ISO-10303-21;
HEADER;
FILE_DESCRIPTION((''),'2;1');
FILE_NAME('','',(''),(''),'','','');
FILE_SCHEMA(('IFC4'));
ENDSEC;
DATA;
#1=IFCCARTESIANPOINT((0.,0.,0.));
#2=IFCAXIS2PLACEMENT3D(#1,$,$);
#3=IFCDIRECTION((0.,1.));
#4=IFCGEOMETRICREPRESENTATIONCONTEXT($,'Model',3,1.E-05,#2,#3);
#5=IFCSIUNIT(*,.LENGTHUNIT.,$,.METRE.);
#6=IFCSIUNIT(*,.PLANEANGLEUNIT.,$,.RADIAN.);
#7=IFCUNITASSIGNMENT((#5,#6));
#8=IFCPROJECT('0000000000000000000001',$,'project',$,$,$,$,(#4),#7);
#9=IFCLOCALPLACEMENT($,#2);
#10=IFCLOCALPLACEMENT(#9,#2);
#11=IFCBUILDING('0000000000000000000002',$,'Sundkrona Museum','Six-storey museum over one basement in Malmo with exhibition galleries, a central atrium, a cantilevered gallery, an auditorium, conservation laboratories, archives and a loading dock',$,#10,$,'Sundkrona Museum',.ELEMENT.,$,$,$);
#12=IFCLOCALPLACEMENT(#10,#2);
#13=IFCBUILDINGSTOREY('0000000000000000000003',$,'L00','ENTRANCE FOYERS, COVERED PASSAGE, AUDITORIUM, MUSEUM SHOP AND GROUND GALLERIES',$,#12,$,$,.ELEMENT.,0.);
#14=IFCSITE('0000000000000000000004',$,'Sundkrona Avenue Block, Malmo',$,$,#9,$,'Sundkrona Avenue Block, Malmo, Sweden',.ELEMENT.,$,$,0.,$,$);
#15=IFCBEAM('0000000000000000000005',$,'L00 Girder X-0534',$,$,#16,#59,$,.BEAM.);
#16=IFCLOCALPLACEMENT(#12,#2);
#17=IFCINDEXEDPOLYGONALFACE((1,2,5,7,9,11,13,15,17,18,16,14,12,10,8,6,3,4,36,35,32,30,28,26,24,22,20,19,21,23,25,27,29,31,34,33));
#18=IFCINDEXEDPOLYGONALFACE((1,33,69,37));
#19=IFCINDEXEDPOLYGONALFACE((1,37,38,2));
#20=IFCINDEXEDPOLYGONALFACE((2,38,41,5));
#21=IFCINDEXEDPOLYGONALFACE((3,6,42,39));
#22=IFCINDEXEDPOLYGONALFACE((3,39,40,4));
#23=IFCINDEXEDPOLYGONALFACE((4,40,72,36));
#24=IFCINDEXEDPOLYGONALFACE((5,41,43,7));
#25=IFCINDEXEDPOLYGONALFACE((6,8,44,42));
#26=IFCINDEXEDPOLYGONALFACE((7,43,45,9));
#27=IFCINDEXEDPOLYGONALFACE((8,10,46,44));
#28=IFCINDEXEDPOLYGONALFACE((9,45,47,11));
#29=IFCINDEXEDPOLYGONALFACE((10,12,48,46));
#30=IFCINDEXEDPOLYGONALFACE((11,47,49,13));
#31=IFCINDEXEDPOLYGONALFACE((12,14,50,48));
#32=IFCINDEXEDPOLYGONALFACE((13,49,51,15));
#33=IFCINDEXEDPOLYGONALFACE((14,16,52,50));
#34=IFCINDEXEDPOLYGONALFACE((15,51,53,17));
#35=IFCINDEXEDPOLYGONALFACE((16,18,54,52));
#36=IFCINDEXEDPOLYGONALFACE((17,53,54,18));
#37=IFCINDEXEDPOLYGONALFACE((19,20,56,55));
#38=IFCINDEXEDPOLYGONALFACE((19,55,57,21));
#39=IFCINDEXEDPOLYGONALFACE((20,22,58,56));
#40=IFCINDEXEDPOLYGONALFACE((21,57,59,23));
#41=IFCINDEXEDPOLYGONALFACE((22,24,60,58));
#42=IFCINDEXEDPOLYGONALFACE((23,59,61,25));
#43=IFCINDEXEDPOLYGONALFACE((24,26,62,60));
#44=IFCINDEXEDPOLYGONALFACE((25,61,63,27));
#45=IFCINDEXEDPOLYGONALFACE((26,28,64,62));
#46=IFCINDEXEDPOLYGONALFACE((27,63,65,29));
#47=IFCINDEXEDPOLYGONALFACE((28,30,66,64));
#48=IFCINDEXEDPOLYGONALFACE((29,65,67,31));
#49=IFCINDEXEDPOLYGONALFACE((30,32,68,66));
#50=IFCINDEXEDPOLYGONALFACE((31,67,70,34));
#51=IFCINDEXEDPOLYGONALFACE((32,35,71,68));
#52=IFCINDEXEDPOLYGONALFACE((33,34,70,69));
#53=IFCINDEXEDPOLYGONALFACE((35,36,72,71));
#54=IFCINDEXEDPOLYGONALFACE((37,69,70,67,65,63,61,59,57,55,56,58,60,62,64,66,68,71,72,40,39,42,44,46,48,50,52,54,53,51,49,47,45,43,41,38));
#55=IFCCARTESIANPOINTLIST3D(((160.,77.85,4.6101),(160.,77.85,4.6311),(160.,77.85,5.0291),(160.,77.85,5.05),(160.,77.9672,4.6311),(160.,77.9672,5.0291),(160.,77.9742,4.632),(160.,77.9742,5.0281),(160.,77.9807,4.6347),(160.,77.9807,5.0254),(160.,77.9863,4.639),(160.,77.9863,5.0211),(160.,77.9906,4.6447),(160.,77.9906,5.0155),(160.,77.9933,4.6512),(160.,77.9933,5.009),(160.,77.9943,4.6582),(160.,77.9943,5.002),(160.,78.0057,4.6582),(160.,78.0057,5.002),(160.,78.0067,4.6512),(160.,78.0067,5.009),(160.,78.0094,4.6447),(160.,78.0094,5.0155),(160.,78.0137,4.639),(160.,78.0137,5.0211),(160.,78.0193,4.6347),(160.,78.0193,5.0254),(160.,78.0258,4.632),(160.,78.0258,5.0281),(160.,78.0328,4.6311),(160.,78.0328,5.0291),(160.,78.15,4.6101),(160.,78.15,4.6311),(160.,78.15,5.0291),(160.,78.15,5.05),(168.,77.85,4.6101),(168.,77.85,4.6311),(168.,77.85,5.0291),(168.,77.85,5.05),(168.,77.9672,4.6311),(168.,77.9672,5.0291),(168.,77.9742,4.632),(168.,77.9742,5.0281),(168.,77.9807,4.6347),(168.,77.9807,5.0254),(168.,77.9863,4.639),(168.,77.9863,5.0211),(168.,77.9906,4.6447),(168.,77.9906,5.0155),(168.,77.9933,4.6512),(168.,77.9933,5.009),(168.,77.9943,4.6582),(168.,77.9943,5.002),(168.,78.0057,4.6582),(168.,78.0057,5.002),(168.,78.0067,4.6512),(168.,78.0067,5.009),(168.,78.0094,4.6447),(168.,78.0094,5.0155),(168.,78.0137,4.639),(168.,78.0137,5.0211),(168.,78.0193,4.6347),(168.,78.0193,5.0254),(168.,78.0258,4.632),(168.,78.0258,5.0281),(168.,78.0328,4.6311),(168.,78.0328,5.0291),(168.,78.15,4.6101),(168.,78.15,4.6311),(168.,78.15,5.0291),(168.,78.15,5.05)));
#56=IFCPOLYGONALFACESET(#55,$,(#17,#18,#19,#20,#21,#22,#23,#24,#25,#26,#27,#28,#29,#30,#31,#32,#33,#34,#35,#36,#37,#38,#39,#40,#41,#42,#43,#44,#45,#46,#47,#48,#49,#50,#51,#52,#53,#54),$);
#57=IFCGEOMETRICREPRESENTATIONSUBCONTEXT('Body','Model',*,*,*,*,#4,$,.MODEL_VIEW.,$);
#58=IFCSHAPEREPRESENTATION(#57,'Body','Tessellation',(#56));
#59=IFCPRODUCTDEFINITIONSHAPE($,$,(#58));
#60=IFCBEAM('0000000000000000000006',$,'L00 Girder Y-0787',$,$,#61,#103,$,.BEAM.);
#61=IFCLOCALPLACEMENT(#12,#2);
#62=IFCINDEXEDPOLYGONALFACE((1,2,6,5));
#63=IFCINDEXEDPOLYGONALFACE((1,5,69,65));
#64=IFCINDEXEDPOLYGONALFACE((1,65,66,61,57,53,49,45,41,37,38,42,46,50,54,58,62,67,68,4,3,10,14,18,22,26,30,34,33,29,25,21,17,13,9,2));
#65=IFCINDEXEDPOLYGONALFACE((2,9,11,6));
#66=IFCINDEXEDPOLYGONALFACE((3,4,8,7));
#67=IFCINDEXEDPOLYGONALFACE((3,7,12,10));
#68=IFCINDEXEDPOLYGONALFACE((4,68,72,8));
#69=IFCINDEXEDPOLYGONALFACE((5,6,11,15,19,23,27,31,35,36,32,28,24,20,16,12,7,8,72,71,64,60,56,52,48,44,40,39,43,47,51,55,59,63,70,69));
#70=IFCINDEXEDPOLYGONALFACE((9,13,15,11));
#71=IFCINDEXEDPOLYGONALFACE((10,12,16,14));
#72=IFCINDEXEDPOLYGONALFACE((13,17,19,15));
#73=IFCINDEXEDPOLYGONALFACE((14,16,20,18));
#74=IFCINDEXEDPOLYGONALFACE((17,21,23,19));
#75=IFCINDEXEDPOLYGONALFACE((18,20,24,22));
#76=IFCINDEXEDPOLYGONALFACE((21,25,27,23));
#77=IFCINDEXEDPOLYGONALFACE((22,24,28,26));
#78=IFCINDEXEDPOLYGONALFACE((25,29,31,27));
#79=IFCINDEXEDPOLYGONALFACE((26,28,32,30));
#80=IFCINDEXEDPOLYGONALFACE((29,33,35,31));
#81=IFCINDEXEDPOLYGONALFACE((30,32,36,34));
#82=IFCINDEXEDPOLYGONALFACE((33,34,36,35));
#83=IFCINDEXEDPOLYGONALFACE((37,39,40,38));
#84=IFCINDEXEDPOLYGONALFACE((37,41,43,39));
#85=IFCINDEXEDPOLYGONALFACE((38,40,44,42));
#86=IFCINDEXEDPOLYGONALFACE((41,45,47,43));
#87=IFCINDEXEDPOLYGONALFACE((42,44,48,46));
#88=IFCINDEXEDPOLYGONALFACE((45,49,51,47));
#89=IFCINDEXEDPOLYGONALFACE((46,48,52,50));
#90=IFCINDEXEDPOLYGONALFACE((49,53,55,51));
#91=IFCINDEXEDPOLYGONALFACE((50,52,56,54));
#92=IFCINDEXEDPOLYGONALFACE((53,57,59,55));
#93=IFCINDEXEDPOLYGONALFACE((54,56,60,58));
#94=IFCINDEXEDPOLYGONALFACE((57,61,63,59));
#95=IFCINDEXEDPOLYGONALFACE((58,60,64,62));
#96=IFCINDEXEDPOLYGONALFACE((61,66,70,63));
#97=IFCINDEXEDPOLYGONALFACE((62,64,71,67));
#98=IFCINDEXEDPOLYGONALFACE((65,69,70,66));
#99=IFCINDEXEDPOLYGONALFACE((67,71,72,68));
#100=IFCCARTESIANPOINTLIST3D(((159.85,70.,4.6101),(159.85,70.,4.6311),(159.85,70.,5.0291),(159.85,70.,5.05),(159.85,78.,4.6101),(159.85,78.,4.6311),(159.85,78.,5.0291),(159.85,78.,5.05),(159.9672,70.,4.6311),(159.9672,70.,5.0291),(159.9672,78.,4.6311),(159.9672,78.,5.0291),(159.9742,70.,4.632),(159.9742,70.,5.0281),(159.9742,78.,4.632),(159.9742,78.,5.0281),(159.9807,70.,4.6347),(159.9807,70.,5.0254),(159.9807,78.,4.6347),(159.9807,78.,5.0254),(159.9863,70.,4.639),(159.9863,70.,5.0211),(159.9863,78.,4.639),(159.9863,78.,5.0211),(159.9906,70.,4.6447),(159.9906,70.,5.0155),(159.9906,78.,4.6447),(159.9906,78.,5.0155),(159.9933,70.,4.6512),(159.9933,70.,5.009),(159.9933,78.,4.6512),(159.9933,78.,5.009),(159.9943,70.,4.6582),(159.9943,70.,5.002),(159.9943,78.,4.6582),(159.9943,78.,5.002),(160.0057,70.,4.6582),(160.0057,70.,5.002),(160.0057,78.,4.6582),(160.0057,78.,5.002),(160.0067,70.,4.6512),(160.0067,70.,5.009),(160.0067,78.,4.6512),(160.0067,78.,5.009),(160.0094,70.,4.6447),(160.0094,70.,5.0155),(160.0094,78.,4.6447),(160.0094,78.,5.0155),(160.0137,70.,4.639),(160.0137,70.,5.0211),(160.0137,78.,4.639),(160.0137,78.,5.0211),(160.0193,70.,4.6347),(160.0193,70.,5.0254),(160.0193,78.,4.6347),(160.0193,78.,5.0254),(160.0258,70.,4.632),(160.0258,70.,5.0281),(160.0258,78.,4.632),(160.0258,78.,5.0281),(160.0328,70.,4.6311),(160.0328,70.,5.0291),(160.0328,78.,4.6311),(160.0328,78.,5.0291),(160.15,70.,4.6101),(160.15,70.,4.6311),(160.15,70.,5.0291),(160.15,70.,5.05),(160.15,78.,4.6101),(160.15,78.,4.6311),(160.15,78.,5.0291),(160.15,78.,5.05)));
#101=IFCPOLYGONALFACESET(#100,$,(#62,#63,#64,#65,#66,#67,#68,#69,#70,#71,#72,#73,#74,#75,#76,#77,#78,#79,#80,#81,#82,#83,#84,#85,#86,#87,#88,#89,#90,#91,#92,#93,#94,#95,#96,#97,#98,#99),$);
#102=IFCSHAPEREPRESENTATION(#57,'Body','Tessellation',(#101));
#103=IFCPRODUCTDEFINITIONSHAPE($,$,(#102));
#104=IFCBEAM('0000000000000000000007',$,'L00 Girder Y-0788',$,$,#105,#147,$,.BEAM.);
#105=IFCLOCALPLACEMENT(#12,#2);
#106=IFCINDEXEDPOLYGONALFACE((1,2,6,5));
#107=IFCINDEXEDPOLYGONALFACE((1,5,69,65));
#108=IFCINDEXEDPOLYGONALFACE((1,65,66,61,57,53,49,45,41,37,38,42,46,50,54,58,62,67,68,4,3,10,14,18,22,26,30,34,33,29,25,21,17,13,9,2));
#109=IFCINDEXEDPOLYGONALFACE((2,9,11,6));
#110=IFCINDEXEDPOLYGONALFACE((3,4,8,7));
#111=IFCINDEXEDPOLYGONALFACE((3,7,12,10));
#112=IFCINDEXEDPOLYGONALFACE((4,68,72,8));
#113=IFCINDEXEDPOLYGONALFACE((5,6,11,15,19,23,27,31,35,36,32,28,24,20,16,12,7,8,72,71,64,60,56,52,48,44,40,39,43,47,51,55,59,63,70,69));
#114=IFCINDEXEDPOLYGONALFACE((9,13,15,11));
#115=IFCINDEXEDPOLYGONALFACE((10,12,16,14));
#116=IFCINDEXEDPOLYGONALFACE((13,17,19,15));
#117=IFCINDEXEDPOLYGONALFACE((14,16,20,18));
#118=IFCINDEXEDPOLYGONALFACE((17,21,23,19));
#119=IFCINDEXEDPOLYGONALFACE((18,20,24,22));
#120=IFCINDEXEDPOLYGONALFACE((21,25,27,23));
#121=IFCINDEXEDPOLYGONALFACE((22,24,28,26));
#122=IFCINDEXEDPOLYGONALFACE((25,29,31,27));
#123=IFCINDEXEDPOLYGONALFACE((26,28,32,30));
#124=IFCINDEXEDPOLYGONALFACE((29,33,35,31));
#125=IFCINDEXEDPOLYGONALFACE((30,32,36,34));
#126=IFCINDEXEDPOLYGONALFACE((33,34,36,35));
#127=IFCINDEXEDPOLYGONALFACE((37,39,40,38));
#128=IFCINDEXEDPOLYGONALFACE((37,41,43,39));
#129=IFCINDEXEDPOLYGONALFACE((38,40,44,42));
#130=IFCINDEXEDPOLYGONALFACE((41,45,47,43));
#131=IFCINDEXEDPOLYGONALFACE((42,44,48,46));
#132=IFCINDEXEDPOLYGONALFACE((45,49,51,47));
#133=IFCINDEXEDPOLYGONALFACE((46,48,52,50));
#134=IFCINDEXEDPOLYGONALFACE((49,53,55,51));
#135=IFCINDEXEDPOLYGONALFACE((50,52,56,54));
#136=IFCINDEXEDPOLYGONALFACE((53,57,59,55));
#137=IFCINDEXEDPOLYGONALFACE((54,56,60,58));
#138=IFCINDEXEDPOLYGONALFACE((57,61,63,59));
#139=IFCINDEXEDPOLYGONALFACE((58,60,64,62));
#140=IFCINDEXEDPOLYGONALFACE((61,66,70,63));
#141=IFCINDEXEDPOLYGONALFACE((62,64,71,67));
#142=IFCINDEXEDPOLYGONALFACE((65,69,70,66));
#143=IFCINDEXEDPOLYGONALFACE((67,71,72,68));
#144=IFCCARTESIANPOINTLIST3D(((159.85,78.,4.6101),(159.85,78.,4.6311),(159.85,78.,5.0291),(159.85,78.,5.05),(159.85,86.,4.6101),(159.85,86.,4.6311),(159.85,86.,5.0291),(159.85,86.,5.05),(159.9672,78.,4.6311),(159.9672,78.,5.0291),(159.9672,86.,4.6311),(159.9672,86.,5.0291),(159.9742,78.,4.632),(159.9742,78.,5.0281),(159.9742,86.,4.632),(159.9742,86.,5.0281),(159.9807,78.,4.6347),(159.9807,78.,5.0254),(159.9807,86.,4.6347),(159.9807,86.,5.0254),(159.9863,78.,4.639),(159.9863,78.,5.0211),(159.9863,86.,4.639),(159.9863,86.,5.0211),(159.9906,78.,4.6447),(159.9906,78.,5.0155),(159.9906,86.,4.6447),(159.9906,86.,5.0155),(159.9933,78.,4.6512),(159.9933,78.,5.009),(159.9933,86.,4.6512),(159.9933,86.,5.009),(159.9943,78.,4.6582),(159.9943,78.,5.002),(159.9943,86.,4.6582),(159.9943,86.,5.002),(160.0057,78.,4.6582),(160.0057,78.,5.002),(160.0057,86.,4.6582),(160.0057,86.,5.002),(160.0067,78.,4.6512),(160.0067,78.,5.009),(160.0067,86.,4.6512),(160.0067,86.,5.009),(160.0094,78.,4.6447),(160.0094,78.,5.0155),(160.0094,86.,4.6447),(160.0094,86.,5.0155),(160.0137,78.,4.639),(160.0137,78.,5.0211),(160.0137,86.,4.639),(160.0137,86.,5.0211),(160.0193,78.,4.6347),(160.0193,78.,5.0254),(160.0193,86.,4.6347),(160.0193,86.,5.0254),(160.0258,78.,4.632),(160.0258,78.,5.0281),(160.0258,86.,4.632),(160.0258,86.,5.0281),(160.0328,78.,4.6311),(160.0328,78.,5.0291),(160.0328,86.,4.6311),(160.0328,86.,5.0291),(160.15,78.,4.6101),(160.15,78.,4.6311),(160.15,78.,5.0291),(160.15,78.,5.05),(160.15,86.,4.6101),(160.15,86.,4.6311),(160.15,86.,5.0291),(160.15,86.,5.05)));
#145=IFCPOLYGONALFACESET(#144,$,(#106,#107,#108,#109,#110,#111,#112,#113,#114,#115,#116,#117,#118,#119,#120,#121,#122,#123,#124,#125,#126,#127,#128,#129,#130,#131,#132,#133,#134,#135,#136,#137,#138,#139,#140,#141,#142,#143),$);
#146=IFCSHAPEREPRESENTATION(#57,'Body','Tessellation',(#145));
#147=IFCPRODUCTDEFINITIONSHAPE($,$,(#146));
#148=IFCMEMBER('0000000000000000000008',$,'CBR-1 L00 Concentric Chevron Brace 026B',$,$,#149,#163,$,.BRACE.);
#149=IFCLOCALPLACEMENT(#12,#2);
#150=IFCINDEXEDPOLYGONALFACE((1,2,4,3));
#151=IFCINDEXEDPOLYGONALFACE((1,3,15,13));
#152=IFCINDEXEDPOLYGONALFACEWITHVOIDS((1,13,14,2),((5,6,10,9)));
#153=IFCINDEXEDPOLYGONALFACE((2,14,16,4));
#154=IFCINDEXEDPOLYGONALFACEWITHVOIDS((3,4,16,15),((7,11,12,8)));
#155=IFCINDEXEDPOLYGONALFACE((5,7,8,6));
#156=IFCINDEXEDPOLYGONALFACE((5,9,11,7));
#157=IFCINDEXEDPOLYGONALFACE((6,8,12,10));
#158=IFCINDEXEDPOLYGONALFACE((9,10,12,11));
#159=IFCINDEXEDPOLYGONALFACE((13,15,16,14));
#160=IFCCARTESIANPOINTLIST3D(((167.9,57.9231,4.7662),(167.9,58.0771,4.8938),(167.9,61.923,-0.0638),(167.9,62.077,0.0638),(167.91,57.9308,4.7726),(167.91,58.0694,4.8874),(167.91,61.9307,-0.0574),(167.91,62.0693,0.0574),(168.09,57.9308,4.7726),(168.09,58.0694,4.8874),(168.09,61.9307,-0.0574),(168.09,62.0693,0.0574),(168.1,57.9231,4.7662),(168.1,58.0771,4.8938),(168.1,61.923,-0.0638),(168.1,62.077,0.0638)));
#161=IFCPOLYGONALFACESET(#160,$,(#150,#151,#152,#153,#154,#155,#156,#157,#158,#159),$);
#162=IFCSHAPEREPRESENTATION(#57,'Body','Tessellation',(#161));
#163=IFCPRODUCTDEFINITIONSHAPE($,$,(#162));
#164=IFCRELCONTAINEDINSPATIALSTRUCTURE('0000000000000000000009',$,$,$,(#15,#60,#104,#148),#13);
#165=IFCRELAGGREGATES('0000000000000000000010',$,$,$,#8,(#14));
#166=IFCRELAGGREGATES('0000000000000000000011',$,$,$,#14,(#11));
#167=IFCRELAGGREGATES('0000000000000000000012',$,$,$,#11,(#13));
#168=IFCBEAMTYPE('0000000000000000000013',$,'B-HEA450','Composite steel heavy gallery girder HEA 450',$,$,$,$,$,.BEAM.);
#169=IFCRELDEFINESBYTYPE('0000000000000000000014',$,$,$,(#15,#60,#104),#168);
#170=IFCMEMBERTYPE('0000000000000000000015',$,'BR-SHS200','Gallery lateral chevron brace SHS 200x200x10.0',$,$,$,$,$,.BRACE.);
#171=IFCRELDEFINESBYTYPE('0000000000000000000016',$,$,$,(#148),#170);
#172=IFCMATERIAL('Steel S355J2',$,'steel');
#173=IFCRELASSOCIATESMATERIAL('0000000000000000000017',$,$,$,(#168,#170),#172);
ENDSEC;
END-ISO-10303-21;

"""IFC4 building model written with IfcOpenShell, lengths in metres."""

from ifc_helpers import new_model, si_unit, direction, frame, origin, origin_2d, place, context, subcontext, project, spatial, hollow_rectangle, i_section, extrude, material, material_profile, profile_set, type_object, element, save


model = new_model("IFC4")

# Units and contexts
model_context = context("Model", 3, precision=1e-05, world=origin(), true_north=direction((0.0, 1.0)))
body_context = subcontext(model_context, "Body", "Model", "MODEL_VIEW")
ifc_project = project(units=[si_unit("LENGTHUNIT", "METRE"), si_unit("PLANEANGLEUNIT", "RADIAN")], contexts=[model_context])

# Site, building, storey
site_placement = place(None, origin())
site = spatial("IfcSite", under=ifc_project, at=site_placement, Name="Sundkrona Avenue Block, Malmo", LongName="Sundkrona Avenue Block, Malmo, Sweden", CompositionType="ELEMENT", RefElevation=0.0)
building_placement = place(site_placement, origin())
building = spatial("IfcBuilding", under=site, at=building_placement, Name="Sundkrona Museum", Description="Six-storey museum over one basement in Malmo with exhibition galleries, a central atrium, a cantilevered gallery, an auditorium, conservation laboratories, archives and a loading dock", LongName="Sundkrona Museum", CompositionType="ELEMENT")
storey_placement = place(building_placement, origin())
storey = spatial("IfcBuildingStorey", under=building, at=storey_placement, Name="L00", Description="ENTRANCE FOYERS, COVERED PASSAGE, AUDITORIUM, MUSEUM SHOP AND GROUND GALLERIES", CompositionType="ELEMENT", Elevation=0.0)

# Shared definitions
ifc_material_1 = material(Name="Steel S355J2", Category="steel")

# Beams
ifc_material_profile_1 = material_profile(ifc_material_1, i_section(OverallWidth=0.3, OverallDepth=0.4399, WebThickness=0.0115, FlangeThickness=0.021, FilletRadius=0.0271, at=origin_2d()), Name="HEA 450")
ifc_profile_set_1 = profile_set([ifc_material_profile_1], Name="Steel S355J2")
beam_type_1 = type_object("IfcBeamType", Name="B-HEA450", Description="Composite steel heavy gallery girder HEA 450", PredefinedType="BEAM", material=ifc_profile_set_1)
for number, where, z_axis, x_axis, name in (
    (1, (160.0, 78.0, 4.8301), (1.0, 0.0, 0.0), (0.0, 1.0, 0.0), "L00 Girder X-0534"),
    (2, (160.0, 70.0, 4.8301), (0.0, 1.0, 0.0), (-1.0, 0.0, 0.0), "L00 Girder Y-0787"),
    (3, (160.0, 78.0, 4.8301), (0.0, 1.0, 0.0), (-1.0, 0.0, 0.0), "L00 Girder Y-0788"),
):
    element("IfcBeam", number, at=place(storey_placement, frame(where, z_axis=z_axis, x_axis=x_axis)), inside=storey, type_object=beam_type_1, Name=name, PredefinedType="BEAM", context=body_context, shape_type="SweptSolid", body=[
        extrude(i_section(OverallWidth=0.3, OverallDepth=0.4399, WebThickness=0.0115, FlangeThickness=0.021, FilletRadius=0.0271, at=origin_2d()), origin(), (0.0, 0.0, 1.0), 8.0),
    ])

# Member
ifc_material_profile_2 = material_profile(ifc_material_1, hollow_rectangle(XDim=0.2, YDim=0.2, WallThickness=0.01, at=origin_2d()), Name="SHS 200x200x10.0")
ifc_profile_set_2 = profile_set([ifc_material_profile_2], Name="Steel S355J2")
member_type = type_object("IfcMemberType", Name="BR-SHS200", Description="Gallery lateral chevron brace SHS 200x200x10.0", PredefinedType="BRACE", material=ifc_profile_set_2)
member_placement = place(storey_placement, frame((168.0, 62.0, 0.0), z_axis=(0.0, -0.637823, 0.770183), x_axis=(1.0, 0.0, 0.0)))
element("IfcMember", 4, at=member_placement, inside=storey, type_object=member_type, Name="CBR-1 L00 Concentric Chevron Brace 026B", PredefinedType="BRACE", context=body_context, shape_type="SweptSolid", body=[
    extrude(hollow_rectangle(XDim=0.2, YDim=0.2, WallThickness=0.01, at=origin_2d()), origin(), (0.0, 0.0, 1.0), 6.2712),
])

save(model, "model.ifc")
